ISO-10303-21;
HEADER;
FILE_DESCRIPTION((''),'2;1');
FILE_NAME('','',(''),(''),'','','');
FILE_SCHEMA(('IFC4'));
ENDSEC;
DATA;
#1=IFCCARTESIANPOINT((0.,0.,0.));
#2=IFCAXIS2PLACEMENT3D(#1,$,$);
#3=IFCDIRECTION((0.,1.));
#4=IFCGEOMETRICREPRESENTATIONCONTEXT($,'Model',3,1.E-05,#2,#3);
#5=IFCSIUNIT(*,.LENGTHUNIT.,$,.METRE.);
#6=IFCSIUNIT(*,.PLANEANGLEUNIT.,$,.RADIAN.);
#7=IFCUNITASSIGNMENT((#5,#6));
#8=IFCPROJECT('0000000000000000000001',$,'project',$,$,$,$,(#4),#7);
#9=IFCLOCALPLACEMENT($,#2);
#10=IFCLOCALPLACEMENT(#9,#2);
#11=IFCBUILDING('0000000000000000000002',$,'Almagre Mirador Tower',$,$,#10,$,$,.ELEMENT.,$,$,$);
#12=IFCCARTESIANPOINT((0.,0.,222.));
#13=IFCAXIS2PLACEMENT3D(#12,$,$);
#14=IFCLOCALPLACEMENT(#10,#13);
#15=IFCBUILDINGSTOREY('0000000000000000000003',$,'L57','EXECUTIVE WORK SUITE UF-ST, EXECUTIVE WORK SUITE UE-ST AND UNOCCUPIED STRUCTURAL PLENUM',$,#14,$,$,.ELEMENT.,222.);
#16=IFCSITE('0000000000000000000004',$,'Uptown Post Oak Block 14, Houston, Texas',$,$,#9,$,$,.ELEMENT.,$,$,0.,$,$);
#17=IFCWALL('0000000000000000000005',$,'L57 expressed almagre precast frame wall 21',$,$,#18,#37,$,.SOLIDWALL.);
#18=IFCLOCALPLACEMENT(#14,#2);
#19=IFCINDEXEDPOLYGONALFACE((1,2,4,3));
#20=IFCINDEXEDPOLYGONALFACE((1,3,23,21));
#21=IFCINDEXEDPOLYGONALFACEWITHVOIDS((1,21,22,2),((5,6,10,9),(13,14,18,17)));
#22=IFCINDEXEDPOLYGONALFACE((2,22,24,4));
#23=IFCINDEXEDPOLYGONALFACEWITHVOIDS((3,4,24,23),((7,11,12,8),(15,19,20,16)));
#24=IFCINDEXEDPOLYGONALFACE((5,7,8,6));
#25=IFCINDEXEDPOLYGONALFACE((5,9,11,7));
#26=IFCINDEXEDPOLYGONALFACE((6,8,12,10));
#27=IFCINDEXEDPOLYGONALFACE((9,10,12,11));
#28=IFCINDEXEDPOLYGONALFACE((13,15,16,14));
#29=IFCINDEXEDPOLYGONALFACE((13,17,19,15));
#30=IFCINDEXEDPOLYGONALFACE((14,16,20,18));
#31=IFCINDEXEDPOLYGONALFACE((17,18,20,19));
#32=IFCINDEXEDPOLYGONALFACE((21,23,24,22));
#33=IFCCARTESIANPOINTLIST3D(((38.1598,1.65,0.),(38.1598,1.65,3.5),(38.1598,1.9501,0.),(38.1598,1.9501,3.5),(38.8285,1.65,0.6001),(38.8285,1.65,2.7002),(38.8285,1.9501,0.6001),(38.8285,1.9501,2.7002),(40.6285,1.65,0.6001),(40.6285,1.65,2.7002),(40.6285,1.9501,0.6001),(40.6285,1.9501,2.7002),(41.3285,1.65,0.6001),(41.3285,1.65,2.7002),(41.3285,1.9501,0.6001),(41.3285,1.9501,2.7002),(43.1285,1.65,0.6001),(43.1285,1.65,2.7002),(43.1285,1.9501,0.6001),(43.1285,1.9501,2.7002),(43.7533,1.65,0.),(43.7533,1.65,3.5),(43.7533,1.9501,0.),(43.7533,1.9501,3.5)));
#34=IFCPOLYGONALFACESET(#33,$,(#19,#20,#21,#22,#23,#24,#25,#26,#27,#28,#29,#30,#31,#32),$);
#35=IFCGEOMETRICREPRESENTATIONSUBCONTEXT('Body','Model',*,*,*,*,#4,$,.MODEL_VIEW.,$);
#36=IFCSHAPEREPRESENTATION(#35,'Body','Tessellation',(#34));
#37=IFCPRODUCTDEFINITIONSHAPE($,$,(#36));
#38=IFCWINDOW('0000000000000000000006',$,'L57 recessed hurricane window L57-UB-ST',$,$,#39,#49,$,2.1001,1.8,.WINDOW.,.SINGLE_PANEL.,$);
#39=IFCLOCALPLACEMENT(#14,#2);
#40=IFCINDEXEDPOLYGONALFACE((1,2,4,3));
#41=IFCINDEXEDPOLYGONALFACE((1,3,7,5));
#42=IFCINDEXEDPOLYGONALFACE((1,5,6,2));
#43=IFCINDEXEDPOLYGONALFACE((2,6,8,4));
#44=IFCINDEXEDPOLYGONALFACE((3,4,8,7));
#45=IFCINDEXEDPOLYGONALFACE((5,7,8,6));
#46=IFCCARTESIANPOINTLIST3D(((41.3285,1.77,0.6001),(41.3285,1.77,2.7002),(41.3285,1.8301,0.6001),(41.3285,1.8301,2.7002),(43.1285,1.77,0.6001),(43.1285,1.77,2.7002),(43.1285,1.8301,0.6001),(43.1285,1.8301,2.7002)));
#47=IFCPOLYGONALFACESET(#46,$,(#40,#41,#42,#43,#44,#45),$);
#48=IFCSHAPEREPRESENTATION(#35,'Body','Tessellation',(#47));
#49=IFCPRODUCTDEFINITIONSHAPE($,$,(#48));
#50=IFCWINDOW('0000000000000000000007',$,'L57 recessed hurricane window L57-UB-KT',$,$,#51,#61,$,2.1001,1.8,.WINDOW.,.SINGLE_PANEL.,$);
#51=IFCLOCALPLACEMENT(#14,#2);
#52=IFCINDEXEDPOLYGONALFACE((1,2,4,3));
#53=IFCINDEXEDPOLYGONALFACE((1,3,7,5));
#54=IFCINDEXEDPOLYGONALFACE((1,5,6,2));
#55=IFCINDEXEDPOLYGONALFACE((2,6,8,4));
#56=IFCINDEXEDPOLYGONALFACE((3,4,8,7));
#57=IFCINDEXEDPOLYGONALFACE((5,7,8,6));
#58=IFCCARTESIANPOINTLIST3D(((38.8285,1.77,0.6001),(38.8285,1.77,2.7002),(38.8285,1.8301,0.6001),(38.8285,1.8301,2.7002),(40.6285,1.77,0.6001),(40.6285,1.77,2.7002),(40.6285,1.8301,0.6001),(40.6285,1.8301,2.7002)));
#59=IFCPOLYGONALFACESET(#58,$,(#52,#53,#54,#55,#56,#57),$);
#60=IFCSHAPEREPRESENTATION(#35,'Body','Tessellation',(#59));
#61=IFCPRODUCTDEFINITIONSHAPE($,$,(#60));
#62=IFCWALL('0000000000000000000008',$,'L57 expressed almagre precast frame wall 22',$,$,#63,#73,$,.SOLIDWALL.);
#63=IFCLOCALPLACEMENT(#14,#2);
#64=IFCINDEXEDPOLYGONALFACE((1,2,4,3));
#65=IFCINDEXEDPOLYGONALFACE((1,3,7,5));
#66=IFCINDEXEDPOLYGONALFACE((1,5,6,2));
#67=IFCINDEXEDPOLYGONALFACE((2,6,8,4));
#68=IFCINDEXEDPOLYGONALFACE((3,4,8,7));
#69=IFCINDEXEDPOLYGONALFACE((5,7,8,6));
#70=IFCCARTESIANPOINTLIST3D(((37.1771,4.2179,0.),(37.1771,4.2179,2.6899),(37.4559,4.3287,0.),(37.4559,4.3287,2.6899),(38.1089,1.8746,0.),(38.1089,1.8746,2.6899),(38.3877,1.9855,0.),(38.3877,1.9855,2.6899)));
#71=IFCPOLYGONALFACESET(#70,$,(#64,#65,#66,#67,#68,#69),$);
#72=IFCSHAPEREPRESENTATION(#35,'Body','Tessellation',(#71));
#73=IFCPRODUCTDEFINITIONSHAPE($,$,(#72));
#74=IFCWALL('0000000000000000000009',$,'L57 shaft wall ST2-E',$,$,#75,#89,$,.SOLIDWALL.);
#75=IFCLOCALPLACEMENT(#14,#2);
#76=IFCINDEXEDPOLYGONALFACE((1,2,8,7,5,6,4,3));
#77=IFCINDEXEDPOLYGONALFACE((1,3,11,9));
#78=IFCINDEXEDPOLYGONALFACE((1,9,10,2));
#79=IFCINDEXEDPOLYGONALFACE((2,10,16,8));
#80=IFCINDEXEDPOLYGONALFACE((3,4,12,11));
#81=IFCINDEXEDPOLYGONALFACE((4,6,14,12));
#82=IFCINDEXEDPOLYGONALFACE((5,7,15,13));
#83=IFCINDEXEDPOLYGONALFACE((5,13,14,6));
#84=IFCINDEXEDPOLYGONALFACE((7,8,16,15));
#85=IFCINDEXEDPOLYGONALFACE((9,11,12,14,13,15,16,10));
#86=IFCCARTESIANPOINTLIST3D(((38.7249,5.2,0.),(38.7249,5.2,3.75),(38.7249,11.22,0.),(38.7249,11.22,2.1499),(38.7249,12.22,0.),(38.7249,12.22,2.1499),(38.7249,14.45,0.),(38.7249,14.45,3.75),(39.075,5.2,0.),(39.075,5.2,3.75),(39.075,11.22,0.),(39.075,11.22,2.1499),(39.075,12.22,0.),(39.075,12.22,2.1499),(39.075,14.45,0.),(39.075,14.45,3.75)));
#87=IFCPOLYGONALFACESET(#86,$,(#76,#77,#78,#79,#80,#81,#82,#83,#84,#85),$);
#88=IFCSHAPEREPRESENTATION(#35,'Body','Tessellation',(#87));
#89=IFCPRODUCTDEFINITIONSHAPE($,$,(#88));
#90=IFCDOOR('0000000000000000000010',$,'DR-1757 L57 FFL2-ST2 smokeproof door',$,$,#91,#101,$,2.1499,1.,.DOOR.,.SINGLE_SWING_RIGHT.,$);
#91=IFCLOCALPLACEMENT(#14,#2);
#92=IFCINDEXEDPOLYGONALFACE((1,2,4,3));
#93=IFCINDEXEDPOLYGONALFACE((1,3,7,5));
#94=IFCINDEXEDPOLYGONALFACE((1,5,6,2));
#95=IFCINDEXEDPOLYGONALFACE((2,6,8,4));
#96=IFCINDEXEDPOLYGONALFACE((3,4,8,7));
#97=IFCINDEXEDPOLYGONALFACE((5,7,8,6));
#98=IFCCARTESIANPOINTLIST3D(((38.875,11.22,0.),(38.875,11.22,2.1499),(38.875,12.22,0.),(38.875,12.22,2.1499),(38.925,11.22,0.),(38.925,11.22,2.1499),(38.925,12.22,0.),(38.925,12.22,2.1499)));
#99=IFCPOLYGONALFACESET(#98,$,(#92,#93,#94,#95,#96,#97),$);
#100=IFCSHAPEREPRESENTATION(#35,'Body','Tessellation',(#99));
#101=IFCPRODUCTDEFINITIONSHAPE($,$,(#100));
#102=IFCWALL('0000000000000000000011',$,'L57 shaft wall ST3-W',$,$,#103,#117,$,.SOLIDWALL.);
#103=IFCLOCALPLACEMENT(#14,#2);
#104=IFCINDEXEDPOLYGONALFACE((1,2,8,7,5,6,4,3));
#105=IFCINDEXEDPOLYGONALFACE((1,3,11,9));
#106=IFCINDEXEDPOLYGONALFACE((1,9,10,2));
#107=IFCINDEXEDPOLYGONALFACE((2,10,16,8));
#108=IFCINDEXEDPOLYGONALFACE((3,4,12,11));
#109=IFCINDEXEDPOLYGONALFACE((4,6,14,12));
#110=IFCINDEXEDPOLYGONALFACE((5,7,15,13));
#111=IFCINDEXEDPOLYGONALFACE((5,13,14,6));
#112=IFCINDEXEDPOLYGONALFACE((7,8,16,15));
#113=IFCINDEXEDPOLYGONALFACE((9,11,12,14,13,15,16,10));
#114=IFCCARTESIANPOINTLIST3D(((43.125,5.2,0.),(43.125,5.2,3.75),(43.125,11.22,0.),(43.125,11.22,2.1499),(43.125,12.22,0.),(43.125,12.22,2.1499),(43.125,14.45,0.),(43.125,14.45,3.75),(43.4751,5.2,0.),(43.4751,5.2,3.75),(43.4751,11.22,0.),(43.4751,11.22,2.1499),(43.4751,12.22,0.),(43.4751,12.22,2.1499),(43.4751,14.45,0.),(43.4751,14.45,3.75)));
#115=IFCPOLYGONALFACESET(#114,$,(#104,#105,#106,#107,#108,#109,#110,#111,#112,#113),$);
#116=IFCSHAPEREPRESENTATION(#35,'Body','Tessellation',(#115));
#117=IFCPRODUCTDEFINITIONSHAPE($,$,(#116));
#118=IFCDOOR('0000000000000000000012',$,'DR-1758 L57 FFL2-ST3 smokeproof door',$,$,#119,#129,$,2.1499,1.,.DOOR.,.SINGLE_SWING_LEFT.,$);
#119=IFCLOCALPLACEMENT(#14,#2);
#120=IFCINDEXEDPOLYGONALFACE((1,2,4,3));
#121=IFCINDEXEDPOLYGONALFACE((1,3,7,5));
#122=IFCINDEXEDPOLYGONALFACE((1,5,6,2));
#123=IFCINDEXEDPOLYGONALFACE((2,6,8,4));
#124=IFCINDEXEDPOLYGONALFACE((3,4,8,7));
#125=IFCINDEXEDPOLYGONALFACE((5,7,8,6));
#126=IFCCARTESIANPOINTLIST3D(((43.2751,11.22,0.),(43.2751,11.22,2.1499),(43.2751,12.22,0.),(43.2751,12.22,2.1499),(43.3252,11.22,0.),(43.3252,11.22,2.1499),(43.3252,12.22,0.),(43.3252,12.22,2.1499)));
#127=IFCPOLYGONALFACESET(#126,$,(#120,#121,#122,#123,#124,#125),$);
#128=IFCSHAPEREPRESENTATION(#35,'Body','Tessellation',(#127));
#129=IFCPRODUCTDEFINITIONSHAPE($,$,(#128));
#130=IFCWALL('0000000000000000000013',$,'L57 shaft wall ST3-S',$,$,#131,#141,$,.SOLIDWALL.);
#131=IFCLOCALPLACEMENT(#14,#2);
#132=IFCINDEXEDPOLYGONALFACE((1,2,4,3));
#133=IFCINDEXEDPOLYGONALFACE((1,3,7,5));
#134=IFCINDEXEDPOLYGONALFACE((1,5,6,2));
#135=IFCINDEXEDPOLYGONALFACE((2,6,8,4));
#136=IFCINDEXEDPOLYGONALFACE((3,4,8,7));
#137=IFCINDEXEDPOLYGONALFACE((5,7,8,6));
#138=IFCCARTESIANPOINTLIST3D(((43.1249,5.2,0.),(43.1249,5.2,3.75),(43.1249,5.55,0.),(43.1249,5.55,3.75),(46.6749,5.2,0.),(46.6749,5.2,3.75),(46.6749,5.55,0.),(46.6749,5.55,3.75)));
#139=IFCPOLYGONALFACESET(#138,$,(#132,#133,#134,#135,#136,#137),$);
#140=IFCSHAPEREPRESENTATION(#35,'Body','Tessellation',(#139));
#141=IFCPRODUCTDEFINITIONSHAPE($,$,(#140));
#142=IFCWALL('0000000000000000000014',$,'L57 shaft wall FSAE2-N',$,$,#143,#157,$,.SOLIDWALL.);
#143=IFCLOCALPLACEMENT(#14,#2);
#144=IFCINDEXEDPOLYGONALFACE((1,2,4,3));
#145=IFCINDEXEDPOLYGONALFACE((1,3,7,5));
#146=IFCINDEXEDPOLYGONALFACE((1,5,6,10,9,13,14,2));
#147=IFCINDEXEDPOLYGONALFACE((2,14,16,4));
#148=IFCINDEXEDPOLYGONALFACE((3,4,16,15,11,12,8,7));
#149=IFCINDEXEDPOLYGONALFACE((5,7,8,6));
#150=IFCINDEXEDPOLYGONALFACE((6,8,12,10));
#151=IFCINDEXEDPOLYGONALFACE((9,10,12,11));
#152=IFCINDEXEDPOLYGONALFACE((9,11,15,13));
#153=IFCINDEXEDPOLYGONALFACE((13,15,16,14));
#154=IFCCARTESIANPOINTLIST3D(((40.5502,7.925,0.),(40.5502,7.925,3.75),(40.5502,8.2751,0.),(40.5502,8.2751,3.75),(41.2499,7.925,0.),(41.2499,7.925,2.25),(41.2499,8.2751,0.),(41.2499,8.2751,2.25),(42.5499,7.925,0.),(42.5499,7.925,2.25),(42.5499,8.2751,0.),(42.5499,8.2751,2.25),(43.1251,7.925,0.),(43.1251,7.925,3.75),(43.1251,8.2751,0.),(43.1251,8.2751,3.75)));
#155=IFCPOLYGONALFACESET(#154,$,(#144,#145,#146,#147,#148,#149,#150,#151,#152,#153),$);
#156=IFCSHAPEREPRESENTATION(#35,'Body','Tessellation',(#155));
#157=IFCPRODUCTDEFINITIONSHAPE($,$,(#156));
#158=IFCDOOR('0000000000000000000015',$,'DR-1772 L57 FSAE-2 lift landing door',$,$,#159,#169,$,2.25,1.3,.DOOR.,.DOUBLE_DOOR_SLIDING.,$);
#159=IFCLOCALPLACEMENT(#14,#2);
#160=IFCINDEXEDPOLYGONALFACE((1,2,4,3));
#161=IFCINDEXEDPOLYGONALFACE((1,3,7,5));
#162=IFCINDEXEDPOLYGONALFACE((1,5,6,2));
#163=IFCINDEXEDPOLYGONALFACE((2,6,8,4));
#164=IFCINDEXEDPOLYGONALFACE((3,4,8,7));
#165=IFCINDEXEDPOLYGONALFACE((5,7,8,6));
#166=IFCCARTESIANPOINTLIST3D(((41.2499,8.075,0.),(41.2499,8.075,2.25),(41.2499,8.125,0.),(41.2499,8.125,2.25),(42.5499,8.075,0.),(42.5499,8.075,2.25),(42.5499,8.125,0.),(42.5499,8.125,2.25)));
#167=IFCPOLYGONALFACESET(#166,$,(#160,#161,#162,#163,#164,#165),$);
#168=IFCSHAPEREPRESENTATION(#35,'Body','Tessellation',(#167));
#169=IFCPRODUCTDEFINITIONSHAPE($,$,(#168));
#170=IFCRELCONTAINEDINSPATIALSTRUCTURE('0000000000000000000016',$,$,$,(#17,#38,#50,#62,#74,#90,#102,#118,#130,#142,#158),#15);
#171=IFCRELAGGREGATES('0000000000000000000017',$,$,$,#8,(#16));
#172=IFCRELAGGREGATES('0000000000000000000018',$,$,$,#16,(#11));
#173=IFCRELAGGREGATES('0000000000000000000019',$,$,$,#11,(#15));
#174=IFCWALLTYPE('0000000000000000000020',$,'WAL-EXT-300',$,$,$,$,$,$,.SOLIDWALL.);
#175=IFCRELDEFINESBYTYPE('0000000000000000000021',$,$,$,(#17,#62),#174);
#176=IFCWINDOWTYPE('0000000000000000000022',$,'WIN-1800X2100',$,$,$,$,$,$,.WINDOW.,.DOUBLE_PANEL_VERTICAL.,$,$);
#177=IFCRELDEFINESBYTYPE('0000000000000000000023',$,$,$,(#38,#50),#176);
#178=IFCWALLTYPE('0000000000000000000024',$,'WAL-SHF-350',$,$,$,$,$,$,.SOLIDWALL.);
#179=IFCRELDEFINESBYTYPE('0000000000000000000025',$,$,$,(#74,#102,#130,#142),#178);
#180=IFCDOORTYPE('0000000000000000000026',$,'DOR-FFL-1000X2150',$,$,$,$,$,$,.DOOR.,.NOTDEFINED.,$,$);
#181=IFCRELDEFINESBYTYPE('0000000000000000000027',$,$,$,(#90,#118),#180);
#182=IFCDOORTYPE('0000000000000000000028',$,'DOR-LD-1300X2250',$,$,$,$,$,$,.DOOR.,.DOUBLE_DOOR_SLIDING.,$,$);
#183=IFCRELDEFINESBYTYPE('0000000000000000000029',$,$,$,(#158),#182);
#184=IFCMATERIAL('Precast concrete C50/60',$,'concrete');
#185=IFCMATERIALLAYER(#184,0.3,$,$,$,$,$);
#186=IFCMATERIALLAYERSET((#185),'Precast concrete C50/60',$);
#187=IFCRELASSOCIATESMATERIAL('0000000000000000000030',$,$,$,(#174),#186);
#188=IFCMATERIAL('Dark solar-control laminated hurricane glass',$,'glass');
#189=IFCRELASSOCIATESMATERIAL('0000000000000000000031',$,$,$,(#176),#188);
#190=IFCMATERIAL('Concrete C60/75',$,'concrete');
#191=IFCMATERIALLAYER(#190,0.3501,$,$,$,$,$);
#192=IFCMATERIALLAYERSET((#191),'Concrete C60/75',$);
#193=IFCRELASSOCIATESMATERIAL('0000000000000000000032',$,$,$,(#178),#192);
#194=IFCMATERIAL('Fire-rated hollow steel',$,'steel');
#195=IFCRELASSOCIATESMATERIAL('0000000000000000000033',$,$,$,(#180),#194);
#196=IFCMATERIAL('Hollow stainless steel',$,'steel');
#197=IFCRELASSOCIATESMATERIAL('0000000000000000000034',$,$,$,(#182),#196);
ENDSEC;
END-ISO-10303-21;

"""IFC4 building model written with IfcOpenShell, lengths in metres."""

from ifc_helpers import new_model, si_unit, direction, frame, frame_2d, origin, place, context, subcontext, project, spatial, rectangle, extrude, material, layer, layer_set, type_object, element, fill, save


model = new_model("IFC4")

# Units and contexts
model_context = context("Model", 3, precision=1e-05, world=origin(), true_north=direction((0.0, 1.0)))
body_context = subcontext(model_context, "Body", "Model", "MODEL_VIEW")
ifc_project = project(units=[si_unit("LENGTHUNIT", "METRE"), si_unit("PLANEANGLEUNIT", "RADIAN")], contexts=[model_context])

# Site, building, storey
site_placement = place(None, origin())
site = spatial("IfcSite", under=ifc_project, at=site_placement, Name="Uptown Post Oak Block 14, Houston, Texas", CompositionType="ELEMENT", RefElevation=0.0)
building_placement = place(site_placement, origin())
building = spatial("IfcBuilding", under=site, at=building_placement, Name="Almagre Mirador Tower", CompositionType="ELEMENT")
storey_placement = place(building_placement, frame((0.0, 0.0, 222.0)))
storey = spatial("IfcBuildingStorey", under=building, at=storey_placement, Name="L57", Description="EXECUTIVE WORK SUITE UF-ST, EXECUTIVE WORK SUITE UE-ST AND UNOCCUPIED STRUCTURAL PLENUM", CompositionType="ELEMENT", Elevation=222.0)

# Wall, openings, windows
ifc_material_1 = material(Name="Precast concrete C50/60", Category="concrete")
ifc_layer_1 = layer(ifc_material_1, 0.3)
ifc_layer_set_1 = layer_set([ifc_layer_1], Name="Precast concrete C50/60")
wall_type_1 = type_object("IfcWallType", Name="WAL-EXT-300", PredefinedType="SOLIDWALL", material=ifc_layer_set_1)
wall_1_placement = place(storey_placement, frame((43.7534, 1.8, 0.0), z_axis=(0.0, 0.0, 1.0), x_axis=(-1.0, 0.0, 0.0)))
wall_1 = element("IfcWall", 1, at=wall_1_placement, inside=storey, type_object=wall_type_1, Name="L57 expressed almagre precast frame wall 21", PredefinedType="SOLIDWALL", context=body_context, shape_type="SweptSolid", body=[
    extrude(rectangle(XDim=5.5935, YDim=0.3, at=frame_2d((2.7969, 0.0))), origin(), (0.0, 0.0, 1.0), 3.5),
])
opening_1_placement = place(wall_1_placement, frame((0.625, 0.0, 0.6001)))
opening_1 = element("IfcOpeningElement", 2, at=opening_1_placement, cuts=wall_1, PredefinedType="OPENING", context=body_context, shape_type="SweptSolid", body=[
    extrude(rectangle(XDim=1.8, YDim=2.1001, at=frame_2d((0.8999, 1.05))), frame((0.0, 0.1599, 0.0), z_axis=(0.0, -1.0, 0.0), x_axis=(1.0, 0.0, 0.0)), (0.0, 0.0, 1.0), 0.32),
])
opening_2_placement = place(wall_1_placement, frame((3.125, 0.0, 0.6001)))
opening_2 = element("IfcOpeningElement", 3, at=opening_2_placement, cuts=wall_1, PredefinedType="OPENING", context=body_context, shape_type="SweptSolid", body=[
    extrude(rectangle(XDim=1.8, YDim=2.1001, at=frame_2d((0.8999, 1.05))), frame((0.0, 0.1599, 0.0), z_axis=(0.0, -1.0, 0.0), x_axis=(1.0, 0.0, 0.0)), (0.0, 0.0, 1.0), 0.32),
])
ifc_material_2 = material(Name="Dark solar-control laminated hurricane glass", Category="glass")
window_type = type_object("IfcWindowType", Name="WIN-1800X2100", PartitioningType="DOUBLE_PANEL_VERTICAL", PredefinedType="WINDOW", material=ifc_material_2)
window_1_placement = place(opening_1_placement, origin())
window_1 = element("IfcWindow", 4, at=window_1_placement, inside=storey, type_object=window_type, Name="L57 recessed hurricane window L57-UB-ST", OverallHeight=2.1001, OverallWidth=1.8, PartitioningType="SINGLE_PANEL", PredefinedType="WINDOW", context=body_context, shape_type="SweptSolid", body=[
    extrude(rectangle(XDim=1.8, YDim=2.1001, at=frame_2d((0.8999, 1.05))), frame((0.0, 0.03, 0.0), z_axis=(0.0, -1.0, 0.0), x_axis=(1.0, 0.0, 0.0)), (0.0, 0.0, 1.0), 0.0601),
])
fill(opening_1, window_1)
window_2_placement = place(opening_2_placement, origin())
window_2 = element("IfcWindow", 5, at=window_2_placement, inside=storey, type_object=window_type, Name="L57 recessed hurricane window L57-UB-KT", OverallHeight=2.1001, OverallWidth=1.8, PartitioningType="SINGLE_PANEL", PredefinedType="WINDOW", context=body_context, shape_type="SweptSolid", body=[
    extrude(rectangle(XDim=1.8, YDim=2.1001, at=frame_2d((0.8999, 1.05))), frame((0.0, 0.03, 0.0), z_axis=(0.0, -1.0, 0.0), x_axis=(1.0, 0.0, 0.0)), (0.0, 0.0, 1.0), 0.0601),
])
fill(opening_2, window_2)

# Wall
wall_2_placement = place(storey_placement, frame((38.2483, 1.9302, 0.0), z_axis=(0.0, 0.0, 1.0), x_axis=(-0.369537, 0.929216, 0.0)))
element("IfcWall", 6, at=wall_2_placement, inside=storey, type_object=wall_type_1, Name="L57 expressed almagre precast frame wall 22", PredefinedType="SOLIDWALL", context=body_context, shape_type="SweptSolid", body=[
    extrude(rectangle(XDim=2.5217, YDim=0.3, at=frame_2d((1.2607, 0.0))), origin(), (0.0, 0.0, 1.0), 2.6899),
])

# Walls, openings, doors
ifc_material_3 = material(Name="Concrete C60/75", Category="concrete")
ifc_layer_2 = layer(ifc_material_3, 0.3501)
ifc_layer_set_2 = layer_set([ifc_layer_2], Name="Concrete C60/75")
wall_type_2 = type_object("IfcWallType", Name="WAL-SHF-350", PredefinedType="SOLIDWALL", material=ifc_layer_set_2)
wall_3_placement = place(storey_placement, frame((38.8999, 5.2, 0.0), z_axis=(0.0, 0.0, 1.0), x_axis=(0.0, 1.0, 0.0)))
wall_3 = element("IfcWall", 7, at=wall_3_placement, inside=storey, type_object=wall_type_2, Name="L57 shaft wall ST2-E", PredefinedType="SOLIDWALL", context=body_context, shape_type="SweptSolid", body=[
    extrude(rectangle(XDim=9.25, YDim=0.3501, at=frame_2d((4.625, 0.0))), origin(), (0.0, 0.0, 1.0), 3.75),
])
opening_3_placement = place(wall_3_placement, frame((6.02, 0.0, 0.0)))
opening_3 = element("IfcOpeningElement", 8, at=opening_3_placement, cuts=wall_3, PredefinedType="OPENING", context=body_context, shape_type="SweptSolid", body=[
    extrude(rectangle(XDim=1.0, YDim=2.1499, at=frame_2d((0.5, 1.075))), frame((0.0, 0.185, 0.0), z_axis=(0.0, -1.0, 0.0), x_axis=(1.0, 0.0, 0.0)), (0.0, 0.0, 1.0), 0.3701),
])
ifc_material_4 = material(Name="Fire-rated hollow steel", Category="steel")
door_type_1 = type_object("IfcDoorType", Name="DOR-FFL-1000X2150", OperationType="NOTDEFINED", PredefinedType="DOOR", material=ifc_material_4)
door_1_placement = place(opening_3_placement, origin())
door_1 = element("IfcDoor", 9, at=door_1_placement, inside=storey, type_object=door_type_1, Name="DR-1757 L57 FFL2-ST2 smokeproof door", OperationType="SINGLE_SWING_RIGHT", OverallHeight=2.1499, OverallWidth=1.0, PredefinedType="DOOR", context=body_context, shape_type="SweptSolid", body=[
    extrude(rectangle(XDim=1.0, YDim=2.1499, at=frame_2d((0.5, 1.075))), frame((0.0, 0.0249, 0.0), z_axis=(0.0, -1.0, 0.0), x_axis=(1.0, 0.0, 0.0)), (0.0, 0.0, 1.0), 0.05),
])
fill(opening_3, door_1)
wall_4_placement = place(storey_placement, frame((43.3, 5.2, 0.0), z_axis=(0.0, 0.0, 1.0), x_axis=(0.0, 1.0, 0.0)))
wall_4 = element("IfcWall", 10, at=wall_4_placement, inside=storey, type_object=wall_type_2, Name="L57 shaft wall ST3-W", PredefinedType="SOLIDWALL", context=body_context, shape_type="SweptSolid", body=[
    extrude(rectangle(XDim=9.25, YDim=0.3501, at=frame_2d((4.625, 0.0))), origin(), (0.0, 0.0, 1.0), 3.75),
])
opening_4_placement = place(wall_4_placement, frame((6.02, 0.0, 0.0)))
opening_4 = element("IfcOpeningElement", 11, at=opening_4_placement, cuts=wall_4, PredefinedType="OPENING", context=body_context, shape_type="SweptSolid", body=[
    extrude(rectangle(XDim=1.0, YDim=2.1499, at=frame_2d((0.5, 1.075))), frame((0.0, 0.185, 0.0), z_axis=(0.0, -1.0, 0.0), x_axis=(1.0, 0.0, 0.0)), (0.0, 0.0, 1.0), 0.3701),
])
door_2_placement = place(opening_4_placement, origin())
door_2 = element("IfcDoor", 12, at=door_2_placement, inside=storey, type_object=door_type_1, Name="DR-1758 L57 FFL2-ST3 smokeproof door", OperationType="SINGLE_SWING_LEFT", OverallHeight=2.1499, OverallWidth=1.0, PredefinedType="DOOR", context=body_context, shape_type="SweptSolid", body=[
    extrude(rectangle(XDim=1.0, YDim=2.1499, at=frame_2d((0.5, 1.075))), frame((0.0, 0.0249, 0.0), z_axis=(0.0, -1.0, 0.0), x_axis=(1.0, 0.0, 0.0)), (0.0, 0.0, 1.0), 0.05),
])
fill(opening_4, door_2)

# Wall
wall_5_placement = place(storey_placement, frame((43.125, 5.375, 0.0), z_axis=(0.0, 0.0, 1.0), x_axis=(1.0, 0.0, 0.0)))
element("IfcWall", 13, at=wall_5_placement, inside=storey, type_object=wall_type_2, Name="L57 shaft wall ST3-S", PredefinedType="SOLIDWALL", context=body_context, shape_type="SweptSolid", body=[
    extrude(rectangle(XDim=3.55, YDim=0.3501, at=frame_2d((1.7749, 0.0))), origin(), (0.0, 0.0, 1.0), 3.75),
])

# Wall, opening, door
wall_6_placement = place(storey_placement, frame((40.55, 8.1001, 0.0), z_axis=(0.0, 0.0, 1.0), x_axis=(1.0, 0.0, 0.0)))
wall_6 = element("IfcWall", 14, at=wall_6_placement, inside=storey, type_object=wall_type_2, Name="L57 shaft wall FSAE2-N", PredefinedType="SOLIDWALL", context=body_context, shape_type="SweptSolid", body=[
    extrude(rectangle(XDim=2.575, YDim=0.3501, at=frame_2d((1.2876, 0.0))), origin(), (0.0, 0.0, 1.0), 3.75),
])
opening_5_placement = place(wall_6_placement, frame((0.7, 0.0, 0.0)))
opening_5 = element("IfcOpeningElement", 15, at=opening_5_placement, cuts=wall_6, PredefinedType="OPENING", context=body_context, shape_type="SweptSolid", body=[
    extrude(rectangle(XDim=1.3, YDim=2.25, at=frame_2d((0.6499, 1.125))), frame((0.0, 0.185, 0.0), z_axis=(0.0, -1.0, 0.0), x_axis=(1.0, 0.0, 0.0)), (0.0, 0.0, 1.0), 0.3701),
])
ifc_material_5 = material(Name="Hollow stainless steel", Category="steel")
door_type_2 = type_object("IfcDoorType", Name="DOR-LD-1300X2250", OperationType="DOUBLE_DOOR_SLIDING", PredefinedType="DOOR", material=ifc_material_5)
door_3_placement = place(opening_5_placement, origin())
door_3 = element("IfcDoor", 16, at=door_3_placement, inside=storey, type_object=door_type_2, Name="DR-1772 L57 FSAE-2 lift landing door", OperationType="DOUBLE_DOOR_SLIDING", OverallHeight=2.25, OverallWidth=1.3, PredefinedType="DOOR", context=body_context, shape_type="SweptSolid", body=[
    extrude(rectangle(XDim=1.3, YDim=2.25, at=frame_2d((0.6499, 1.125))), frame((0.0, 0.0249, 0.0), z_axis=(0.0, -1.0, 0.0), x_axis=(1.0, 0.0, 0.0)), (0.0, 0.0, 1.0), 0.05),
])
fill(opening_5, door_3)

save(model, "model.ifc")
